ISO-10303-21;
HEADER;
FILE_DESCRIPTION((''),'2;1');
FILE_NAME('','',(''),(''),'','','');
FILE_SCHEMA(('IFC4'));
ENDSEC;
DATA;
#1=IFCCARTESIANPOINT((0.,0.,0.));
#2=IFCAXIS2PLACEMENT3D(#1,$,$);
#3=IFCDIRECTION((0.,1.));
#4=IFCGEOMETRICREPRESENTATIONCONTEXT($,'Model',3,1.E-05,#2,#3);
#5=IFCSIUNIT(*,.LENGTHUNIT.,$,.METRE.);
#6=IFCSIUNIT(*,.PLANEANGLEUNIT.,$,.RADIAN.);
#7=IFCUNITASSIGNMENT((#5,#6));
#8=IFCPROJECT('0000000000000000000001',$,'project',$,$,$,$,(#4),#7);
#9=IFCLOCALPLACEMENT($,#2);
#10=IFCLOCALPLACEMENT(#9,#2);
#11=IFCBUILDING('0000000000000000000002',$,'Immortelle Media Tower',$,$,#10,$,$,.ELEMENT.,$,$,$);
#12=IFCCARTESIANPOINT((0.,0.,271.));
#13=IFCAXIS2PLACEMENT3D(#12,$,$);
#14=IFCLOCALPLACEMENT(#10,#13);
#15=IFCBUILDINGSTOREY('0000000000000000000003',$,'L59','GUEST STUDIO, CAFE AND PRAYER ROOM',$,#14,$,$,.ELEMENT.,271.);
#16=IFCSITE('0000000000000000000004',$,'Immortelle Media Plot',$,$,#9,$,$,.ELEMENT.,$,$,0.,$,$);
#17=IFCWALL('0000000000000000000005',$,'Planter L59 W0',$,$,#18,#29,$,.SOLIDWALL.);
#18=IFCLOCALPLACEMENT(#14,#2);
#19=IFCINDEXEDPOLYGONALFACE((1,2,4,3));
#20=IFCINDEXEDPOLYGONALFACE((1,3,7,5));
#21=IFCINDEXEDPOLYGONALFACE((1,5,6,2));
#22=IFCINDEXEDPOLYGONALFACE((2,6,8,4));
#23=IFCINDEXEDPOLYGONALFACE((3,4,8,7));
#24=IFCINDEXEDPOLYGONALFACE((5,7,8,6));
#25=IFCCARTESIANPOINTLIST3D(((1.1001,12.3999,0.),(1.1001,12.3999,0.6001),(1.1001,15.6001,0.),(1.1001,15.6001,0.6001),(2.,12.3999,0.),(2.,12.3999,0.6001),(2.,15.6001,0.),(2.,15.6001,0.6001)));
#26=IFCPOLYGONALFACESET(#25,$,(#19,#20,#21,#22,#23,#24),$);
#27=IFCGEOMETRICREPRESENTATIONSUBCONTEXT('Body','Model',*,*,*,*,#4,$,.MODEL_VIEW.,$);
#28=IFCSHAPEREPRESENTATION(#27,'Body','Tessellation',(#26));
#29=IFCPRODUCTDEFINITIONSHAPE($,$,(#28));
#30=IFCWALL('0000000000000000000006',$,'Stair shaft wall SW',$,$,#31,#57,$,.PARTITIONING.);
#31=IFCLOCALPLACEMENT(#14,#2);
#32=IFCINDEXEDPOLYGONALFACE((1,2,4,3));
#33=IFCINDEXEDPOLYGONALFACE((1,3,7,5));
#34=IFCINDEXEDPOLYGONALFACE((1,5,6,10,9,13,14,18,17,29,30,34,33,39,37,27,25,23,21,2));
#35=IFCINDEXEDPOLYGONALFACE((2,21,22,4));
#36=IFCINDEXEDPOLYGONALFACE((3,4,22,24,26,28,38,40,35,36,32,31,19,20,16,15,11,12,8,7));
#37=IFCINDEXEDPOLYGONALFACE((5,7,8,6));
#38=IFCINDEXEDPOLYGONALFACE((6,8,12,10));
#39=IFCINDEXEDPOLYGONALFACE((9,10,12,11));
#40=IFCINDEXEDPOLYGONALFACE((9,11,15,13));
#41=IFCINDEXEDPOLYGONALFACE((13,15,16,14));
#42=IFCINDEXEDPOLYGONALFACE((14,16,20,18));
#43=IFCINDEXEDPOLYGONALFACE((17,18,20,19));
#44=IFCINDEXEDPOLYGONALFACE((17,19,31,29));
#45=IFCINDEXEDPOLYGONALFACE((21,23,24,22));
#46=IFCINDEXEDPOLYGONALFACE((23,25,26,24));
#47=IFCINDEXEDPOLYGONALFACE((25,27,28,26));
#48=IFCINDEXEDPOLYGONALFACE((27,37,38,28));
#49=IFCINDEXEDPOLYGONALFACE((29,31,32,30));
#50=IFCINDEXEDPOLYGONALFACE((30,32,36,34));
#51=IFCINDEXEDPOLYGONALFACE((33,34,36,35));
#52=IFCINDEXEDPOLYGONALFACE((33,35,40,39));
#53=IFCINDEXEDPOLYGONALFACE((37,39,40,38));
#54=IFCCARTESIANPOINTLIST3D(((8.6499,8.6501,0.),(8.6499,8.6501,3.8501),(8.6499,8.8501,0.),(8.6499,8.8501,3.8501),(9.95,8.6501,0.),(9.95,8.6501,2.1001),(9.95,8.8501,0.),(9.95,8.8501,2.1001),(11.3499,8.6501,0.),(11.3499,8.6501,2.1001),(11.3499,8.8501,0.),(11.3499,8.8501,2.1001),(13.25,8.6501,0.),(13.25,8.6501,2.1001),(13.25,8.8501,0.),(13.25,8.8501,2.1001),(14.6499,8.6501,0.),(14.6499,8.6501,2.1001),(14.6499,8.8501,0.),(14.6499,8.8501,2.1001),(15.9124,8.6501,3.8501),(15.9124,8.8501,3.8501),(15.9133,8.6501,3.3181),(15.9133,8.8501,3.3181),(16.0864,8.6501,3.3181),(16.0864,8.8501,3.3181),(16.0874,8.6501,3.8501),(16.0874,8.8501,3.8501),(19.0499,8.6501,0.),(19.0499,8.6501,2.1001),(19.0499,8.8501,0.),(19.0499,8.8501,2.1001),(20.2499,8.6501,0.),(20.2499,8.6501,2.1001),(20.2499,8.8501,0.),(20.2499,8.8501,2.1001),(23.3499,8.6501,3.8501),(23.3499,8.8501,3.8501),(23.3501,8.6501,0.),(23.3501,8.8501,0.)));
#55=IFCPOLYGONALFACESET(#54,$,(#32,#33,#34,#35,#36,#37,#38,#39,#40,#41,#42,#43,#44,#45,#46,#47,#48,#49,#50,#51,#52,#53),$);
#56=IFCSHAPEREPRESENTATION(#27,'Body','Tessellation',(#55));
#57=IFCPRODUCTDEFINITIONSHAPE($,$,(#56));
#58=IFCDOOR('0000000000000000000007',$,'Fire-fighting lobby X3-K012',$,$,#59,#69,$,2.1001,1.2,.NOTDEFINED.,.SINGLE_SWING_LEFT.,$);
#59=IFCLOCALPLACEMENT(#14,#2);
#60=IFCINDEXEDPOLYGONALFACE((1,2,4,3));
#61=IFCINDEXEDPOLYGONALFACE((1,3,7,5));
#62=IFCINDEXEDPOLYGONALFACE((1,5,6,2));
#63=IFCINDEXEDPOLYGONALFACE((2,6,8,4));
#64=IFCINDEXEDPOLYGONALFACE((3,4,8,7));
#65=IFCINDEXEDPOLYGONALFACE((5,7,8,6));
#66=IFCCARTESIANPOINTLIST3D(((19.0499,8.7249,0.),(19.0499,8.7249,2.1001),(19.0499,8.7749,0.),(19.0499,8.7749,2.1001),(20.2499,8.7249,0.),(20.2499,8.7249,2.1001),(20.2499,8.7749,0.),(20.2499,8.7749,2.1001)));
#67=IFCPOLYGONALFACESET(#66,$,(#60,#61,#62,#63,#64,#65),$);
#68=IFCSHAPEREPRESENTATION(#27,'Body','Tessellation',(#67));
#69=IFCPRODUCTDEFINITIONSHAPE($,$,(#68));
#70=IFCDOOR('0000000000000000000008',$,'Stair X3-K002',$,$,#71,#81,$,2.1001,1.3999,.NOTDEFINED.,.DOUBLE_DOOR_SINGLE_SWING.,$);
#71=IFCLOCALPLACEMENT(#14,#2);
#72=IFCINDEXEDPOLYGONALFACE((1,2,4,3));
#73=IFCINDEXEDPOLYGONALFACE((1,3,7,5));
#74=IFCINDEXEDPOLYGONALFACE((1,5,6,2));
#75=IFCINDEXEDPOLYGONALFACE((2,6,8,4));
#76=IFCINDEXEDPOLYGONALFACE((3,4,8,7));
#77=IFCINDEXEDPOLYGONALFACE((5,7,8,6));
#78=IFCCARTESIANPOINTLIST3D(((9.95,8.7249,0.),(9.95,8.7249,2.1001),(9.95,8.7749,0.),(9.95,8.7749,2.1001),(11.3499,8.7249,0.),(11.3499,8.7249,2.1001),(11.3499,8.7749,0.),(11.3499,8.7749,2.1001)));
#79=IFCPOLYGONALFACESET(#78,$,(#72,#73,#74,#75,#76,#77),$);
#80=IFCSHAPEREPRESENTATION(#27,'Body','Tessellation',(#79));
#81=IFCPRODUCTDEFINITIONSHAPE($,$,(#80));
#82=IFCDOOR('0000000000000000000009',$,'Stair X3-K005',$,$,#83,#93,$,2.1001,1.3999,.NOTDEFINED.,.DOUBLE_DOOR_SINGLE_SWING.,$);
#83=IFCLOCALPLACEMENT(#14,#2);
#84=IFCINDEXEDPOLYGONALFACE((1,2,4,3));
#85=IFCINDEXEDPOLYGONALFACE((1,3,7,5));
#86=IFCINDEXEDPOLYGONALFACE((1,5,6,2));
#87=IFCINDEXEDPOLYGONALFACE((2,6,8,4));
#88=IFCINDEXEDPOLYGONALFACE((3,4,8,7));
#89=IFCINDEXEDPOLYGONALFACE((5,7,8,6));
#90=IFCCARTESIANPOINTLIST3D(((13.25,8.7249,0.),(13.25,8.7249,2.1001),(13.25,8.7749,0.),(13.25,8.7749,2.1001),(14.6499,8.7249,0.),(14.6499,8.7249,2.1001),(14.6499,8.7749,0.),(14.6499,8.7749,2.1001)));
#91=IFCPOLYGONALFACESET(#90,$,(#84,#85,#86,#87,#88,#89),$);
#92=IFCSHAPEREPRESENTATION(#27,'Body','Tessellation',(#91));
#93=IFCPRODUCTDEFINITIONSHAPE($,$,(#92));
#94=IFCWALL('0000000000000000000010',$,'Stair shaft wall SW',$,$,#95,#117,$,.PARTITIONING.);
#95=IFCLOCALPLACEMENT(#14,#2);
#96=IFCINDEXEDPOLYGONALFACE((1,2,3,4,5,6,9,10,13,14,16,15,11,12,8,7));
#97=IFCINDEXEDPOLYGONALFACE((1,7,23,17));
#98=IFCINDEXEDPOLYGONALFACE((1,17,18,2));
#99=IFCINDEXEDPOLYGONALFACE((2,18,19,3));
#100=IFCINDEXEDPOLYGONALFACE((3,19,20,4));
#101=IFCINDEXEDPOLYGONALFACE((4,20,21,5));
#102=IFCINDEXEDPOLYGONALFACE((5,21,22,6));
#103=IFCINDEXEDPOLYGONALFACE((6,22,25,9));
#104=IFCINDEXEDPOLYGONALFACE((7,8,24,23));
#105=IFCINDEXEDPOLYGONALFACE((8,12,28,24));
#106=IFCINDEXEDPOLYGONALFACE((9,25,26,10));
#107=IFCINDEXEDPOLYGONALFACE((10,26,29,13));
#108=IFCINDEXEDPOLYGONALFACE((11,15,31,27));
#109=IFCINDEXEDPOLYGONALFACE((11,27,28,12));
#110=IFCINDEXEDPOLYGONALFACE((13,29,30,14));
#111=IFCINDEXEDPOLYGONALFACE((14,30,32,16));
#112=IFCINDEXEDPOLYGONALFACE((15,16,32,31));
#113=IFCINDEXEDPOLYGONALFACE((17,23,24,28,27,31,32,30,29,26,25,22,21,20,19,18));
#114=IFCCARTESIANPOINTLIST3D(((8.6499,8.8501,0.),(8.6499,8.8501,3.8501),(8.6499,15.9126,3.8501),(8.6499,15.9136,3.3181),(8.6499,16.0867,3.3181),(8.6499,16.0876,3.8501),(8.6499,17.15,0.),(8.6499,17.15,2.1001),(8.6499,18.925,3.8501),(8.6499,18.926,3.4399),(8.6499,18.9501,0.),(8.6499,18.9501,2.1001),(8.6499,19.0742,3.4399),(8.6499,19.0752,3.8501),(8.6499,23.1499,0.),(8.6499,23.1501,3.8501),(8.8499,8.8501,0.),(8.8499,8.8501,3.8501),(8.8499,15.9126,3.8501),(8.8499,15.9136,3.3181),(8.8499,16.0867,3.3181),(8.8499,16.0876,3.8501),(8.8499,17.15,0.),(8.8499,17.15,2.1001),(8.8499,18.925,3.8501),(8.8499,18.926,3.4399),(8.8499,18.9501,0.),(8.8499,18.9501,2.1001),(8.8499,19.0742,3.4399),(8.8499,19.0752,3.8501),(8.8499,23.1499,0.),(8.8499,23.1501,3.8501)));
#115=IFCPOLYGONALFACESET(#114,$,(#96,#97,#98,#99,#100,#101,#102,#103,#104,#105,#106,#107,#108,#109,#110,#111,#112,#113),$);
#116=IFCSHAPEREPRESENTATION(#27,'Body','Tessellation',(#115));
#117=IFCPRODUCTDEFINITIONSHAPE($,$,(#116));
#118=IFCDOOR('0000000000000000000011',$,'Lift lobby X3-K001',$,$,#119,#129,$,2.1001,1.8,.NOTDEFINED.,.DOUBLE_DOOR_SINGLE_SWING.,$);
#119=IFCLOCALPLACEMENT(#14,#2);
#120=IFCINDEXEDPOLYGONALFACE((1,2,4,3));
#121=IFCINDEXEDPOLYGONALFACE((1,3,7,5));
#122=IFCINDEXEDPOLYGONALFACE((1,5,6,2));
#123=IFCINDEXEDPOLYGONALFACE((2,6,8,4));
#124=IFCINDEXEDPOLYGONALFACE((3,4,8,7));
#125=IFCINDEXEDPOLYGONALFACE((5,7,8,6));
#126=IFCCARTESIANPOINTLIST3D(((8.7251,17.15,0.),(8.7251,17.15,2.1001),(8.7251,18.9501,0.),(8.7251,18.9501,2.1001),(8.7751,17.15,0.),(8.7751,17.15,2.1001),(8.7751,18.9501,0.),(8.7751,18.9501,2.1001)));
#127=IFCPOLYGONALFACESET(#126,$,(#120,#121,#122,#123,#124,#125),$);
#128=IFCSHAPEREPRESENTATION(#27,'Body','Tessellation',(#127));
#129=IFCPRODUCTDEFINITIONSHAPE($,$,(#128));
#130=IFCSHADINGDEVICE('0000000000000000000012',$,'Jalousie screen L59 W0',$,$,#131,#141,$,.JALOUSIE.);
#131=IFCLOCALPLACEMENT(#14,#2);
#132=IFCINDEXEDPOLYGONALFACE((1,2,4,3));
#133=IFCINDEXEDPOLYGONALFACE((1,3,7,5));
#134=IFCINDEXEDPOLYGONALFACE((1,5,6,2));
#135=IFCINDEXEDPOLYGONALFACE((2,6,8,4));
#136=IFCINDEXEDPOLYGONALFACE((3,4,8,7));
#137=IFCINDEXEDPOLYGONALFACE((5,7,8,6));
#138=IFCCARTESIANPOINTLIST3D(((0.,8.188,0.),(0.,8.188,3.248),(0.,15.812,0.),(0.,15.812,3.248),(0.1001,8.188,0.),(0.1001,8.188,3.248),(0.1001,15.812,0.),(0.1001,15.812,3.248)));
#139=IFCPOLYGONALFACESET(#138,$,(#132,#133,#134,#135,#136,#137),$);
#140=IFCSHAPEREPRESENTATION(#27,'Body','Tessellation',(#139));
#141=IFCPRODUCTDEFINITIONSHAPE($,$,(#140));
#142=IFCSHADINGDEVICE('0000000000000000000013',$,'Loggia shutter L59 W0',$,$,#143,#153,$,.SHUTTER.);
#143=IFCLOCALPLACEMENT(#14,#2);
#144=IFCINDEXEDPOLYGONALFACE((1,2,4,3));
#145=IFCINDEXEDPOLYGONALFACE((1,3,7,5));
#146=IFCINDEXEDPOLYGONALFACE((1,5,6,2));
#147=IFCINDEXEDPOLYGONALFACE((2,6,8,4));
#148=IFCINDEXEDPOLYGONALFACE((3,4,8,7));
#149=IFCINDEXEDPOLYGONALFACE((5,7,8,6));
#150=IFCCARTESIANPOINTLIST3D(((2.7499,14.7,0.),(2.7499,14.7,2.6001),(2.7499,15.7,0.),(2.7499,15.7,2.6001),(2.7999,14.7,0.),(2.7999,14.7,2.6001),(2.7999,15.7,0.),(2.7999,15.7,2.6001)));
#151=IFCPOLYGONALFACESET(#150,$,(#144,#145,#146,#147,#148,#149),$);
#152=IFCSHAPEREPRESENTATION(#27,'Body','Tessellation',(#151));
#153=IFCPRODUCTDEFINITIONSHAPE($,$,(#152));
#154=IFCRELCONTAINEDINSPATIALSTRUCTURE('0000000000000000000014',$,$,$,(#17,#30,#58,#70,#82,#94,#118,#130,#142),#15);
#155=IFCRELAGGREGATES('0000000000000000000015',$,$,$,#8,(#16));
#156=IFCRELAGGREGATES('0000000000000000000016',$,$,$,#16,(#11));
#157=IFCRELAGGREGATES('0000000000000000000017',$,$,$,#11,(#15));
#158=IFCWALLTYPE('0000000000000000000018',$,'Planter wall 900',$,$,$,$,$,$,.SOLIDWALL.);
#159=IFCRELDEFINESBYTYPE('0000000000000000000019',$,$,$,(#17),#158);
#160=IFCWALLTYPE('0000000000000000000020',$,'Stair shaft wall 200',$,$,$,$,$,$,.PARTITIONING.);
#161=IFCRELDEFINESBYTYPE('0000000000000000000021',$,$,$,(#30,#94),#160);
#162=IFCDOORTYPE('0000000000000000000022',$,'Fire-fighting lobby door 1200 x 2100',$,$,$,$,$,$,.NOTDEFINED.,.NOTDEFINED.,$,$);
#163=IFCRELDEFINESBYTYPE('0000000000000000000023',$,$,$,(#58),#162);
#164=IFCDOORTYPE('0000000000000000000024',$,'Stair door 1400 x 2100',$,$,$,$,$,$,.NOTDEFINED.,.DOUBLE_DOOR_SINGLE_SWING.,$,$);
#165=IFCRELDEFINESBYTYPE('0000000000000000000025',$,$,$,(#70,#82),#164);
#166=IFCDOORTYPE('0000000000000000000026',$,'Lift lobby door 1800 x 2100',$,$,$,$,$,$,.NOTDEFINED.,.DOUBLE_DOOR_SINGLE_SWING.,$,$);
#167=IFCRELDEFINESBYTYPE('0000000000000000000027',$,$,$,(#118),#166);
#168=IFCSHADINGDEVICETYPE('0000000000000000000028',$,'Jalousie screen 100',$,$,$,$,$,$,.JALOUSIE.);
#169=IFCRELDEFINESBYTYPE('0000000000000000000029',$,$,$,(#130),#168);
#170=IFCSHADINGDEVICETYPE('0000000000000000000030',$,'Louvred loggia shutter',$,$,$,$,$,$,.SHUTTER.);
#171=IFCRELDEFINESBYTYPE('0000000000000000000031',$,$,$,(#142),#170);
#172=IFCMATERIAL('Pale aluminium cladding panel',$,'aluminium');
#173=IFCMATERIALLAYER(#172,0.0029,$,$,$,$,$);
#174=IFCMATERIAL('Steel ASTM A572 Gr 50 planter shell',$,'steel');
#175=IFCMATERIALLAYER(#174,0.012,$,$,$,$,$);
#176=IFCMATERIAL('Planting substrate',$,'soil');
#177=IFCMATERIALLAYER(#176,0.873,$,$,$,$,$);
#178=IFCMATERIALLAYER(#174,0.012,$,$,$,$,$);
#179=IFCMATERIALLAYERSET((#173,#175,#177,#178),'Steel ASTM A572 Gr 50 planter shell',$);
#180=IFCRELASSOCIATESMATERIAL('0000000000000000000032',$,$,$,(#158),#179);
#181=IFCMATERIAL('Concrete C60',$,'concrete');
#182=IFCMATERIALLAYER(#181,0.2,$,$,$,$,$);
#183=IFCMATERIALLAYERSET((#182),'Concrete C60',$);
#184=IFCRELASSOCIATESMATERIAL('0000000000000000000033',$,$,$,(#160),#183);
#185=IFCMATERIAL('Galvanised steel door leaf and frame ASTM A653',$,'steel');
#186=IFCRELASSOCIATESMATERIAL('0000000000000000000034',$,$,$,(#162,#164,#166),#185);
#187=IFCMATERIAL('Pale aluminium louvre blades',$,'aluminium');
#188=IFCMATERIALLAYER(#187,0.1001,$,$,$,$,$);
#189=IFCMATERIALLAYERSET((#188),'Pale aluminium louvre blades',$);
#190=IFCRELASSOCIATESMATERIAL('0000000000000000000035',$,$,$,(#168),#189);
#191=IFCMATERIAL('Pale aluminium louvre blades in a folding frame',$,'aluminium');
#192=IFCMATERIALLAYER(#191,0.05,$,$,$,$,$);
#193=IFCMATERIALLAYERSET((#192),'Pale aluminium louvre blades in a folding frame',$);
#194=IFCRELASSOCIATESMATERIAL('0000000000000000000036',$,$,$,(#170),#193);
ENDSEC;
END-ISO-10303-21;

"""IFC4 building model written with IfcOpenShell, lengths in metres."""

from ifc_helpers import new_model, si_unit, direction, frame, frame_2d, origin, origin_2d, place, context, subcontext, project, spatial, polyline, rectangle, outline, extrude, material, layer, layer_set, type_object, element, fill, save


model = new_model("IFC4")

# Units and contexts
model_context = context("Model", 3, precision=1e-05, world=origin(), true_north=direction((0.0, 1.0)))
body_context = subcontext(model_context, "Body", "Model", "MODEL_VIEW")
ifc_project = project(units=[si_unit("LENGTHUNIT", "METRE"), si_unit("PLANEANGLEUNIT", "RADIAN")], contexts=[model_context])

# Site, building, storey
site_placement = place(None, origin())
site = spatial("IfcSite", under=ifc_project, at=site_placement, Name="Immortelle Media Plot", CompositionType="ELEMENT", RefElevation=0.0)
building_placement = place(site_placement, origin())
building = spatial("IfcBuilding", under=site, at=building_placement, Name="Immortelle Media Tower", CompositionType="ELEMENT")
storey_placement = place(building_placement, frame((0.0, 0.0, 271.0)))
storey = spatial("IfcBuildingStorey", under=building, at=storey_placement, Name="L59", Description="GUEST STUDIO, CAFE AND PRAYER ROOM", CompositionType="ELEMENT", Elevation=271.0)

# Shared definitions
ifc_material_1 = material(Name="Pale aluminium cladding panel", Category="aluminium")

# Wall
ifc_layer_1 = layer(ifc_material_1, 0.0029)
ifc_material_2 = material(Name="Steel ASTM A572 Gr 50 planter shell", Category="steel")
ifc_layer_2 = layer(ifc_material_2, 0.012)
ifc_material_3 = material(Name="Planting substrate", Category="soil")
ifc_layer_3 = layer(ifc_material_3, 0.873)
ifc_layer_4 = layer(ifc_material_2, 0.012)
ifc_layer_set_1 = layer_set([ifc_layer_1, ifc_layer_2, ifc_layer_3, ifc_layer_4], Name="Steel ASTM A572 Gr 50 planter shell")
wall_type_1 = type_object("IfcWallType", Name="Planter wall 900", PredefinedType="SOLIDWALL", material=ifc_layer_set_1)
wall_1_placement = place(storey_placement, frame((1.55, 15.6001, 0.0), z_axis=(0.0, 0.0, 1.0), x_axis=(0.0, -1.0, 0.0)))
element("IfcWall", 1, at=wall_1_placement, inside=storey, type_object=wall_type_1, Name="Planter L59 W0", PredefinedType="SOLIDWALL", context=body_context, shape_type="SweptSolid", body=[
    extrude(rectangle(XDim=3.2002, YDim=0.8999, at=frame_2d((1.6001, 0.0))), origin(), (0.0, 0.0, 1.0), 0.6001),
])

# Wall, openings, doors
ifc_material_4 = material(Name="Concrete C60", Category="concrete")
ifc_layer_5 = layer(ifc_material_4, 0.2)
ifc_layer_set_2 = layer_set([ifc_layer_5], Name="Concrete C60")
wall_type_2 = type_object("IfcWallType", Name="Stair shaft wall 200", PredefinedType="PARTITIONING", material=ifc_layer_set_2)
wall_2_placement = place(storey_placement, frame((8.6499, 8.75, 0.0), z_axis=(0.0, 0.0, 1.0), x_axis=(1.0, 0.0, 0.0)))
wall_2 = element("IfcWall", 2, at=wall_2_placement, inside=storey, type_object=wall_type_2, Name="Stair shaft wall SW", PredefinedType="PARTITIONING", context=body_context, shape_type="SweptSolid", body=[
    extrude(outline(polyline([(0.0, 0.0), (14.7002, 0.0), (14.7, 3.8501), (7.4375, 3.8501), (7.4365, 3.3181), (7.2634, 3.3181), (7.2625, 3.8501), (0.0, 3.8501), (0.0, 0.0)])), frame((0.0, 0.1001, 0.0), z_axis=(0.0, -1.0, 0.0), x_axis=(1.0, 0.0, 0.0)), (0.0, 0.0, 1.0), 0.2),
])
opening_1_placement = place(wall_2_placement, frame((1.3, 0.0, 0.0)))
opening_1 = element("IfcOpeningElement", 3, at=opening_1_placement, cuts=wall_2, PredefinedType="OPENING", context=body_context, shape_type="SweptSolid", body=[
    extrude(rectangle(XDim=1.3999, YDim=2.1001, at=frame_2d((0.7, 1.05))), frame((0.0, 0.1099, 0.0), z_axis=(0.0, -1.0, 0.0), x_axis=(1.0, 0.0, 0.0)), (0.0, 0.0, 1.0), 0.22),
])
opening_2_placement = place(wall_2_placement, frame((4.6001, 0.0, 0.0)))
opening_2 = element("IfcOpeningElement", 4, at=opening_2_placement, cuts=wall_2, PredefinedType="OPENING", context=body_context, shape_type="SweptSolid", body=[
    extrude(rectangle(XDim=1.3999, YDim=2.1001, at=frame_2d((0.7, 1.05))), frame((0.0, 0.1099, 0.0), z_axis=(0.0, -1.0, 0.0), x_axis=(1.0, 0.0, 0.0)), (0.0, 0.0, 1.0), 0.22),
])
opening_3_placement = place(wall_2_placement, frame((10.3999, 0.0, 0.0)))
opening_3 = element("IfcOpeningElement", 5, at=opening_3_placement, cuts=wall_2, PredefinedType="OPENING", context=body_context, shape_type="SweptSolid", body=[
    extrude(rectangle(XDim=1.2, YDim=2.1001, at=frame_2d((0.6001, 1.05))), frame((0.0, 0.1099, 0.0), z_axis=(0.0, -1.0, 0.0), x_axis=(1.0, 0.0, 0.0)), (0.0, 0.0, 1.0), 0.22),
])
ifc_material_5 = material(Name="Galvanised steel door leaf and frame ASTM A653", Category="steel")
door_type_1 = type_object("IfcDoorType", Name="Fire-fighting lobby door 1200 x 2100", OperationType="NOTDEFINED", PredefinedType="NOTDEFINED", material=ifc_material_5)
door_1_placement = place(opening_3_placement, origin())
door_1 = element("IfcDoor", 6, at=door_1_placement, inside=storey, type_object=door_type_1, Name="Fire-fighting lobby X3-K012", OperationType="SINGLE_SWING_LEFT", OverallHeight=2.1001, OverallWidth=1.2, PredefinedType="NOTDEFINED", context=body_context, shape_type="SweptSolid", body=[
    extrude(rectangle(XDim=1.2, YDim=2.1001, at=frame_2d((0.6001, 1.05))), frame((0.0, 0.0249, 0.0), z_axis=(0.0, -1.0, 0.0), x_axis=(1.0, 0.0, 0.0)), (0.0, 0.0, 1.0), 0.05),
])
fill(opening_3, door_1)
door_type_2 = type_object("IfcDoorType", Name="Stair door 1400 x 2100", OperationType="DOUBLE_DOOR_SINGLE_SWING", PredefinedType="NOTDEFINED", material=ifc_material_5)
door_2_placement = place(opening_1_placement, origin())
door_2 = element("IfcDoor", 7, at=door_2_placement, inside=storey, type_object=door_type_2, Name="Stair X3-K002", OperationType="DOUBLE_DOOR_SINGLE_SWING", OverallHeight=2.1001, OverallWidth=1.3999, PredefinedType="NOTDEFINED", context=body_context, shape_type="SweptSolid", body=[
    extrude(rectangle(XDim=1.3999, YDim=2.1001, at=frame_2d((0.7, 1.05))), frame((0.0, 0.0249, 0.0), z_axis=(0.0, -1.0, 0.0), x_axis=(1.0, 0.0, 0.0)), (0.0, 0.0, 1.0), 0.05),
])
fill(opening_1, door_2)
door_3_placement = place(opening_2_placement, origin())
door_3 = element("IfcDoor", 8, at=door_3_placement, inside=storey, type_object=door_type_2, Name="Stair X3-K005", OperationType="DOUBLE_DOOR_SINGLE_SWING", OverallHeight=2.1001, OverallWidth=1.3999, PredefinedType="NOTDEFINED", context=body_context, shape_type="SweptSolid", body=[
    extrude(rectangle(XDim=1.3999, YDim=2.1001, at=frame_2d((0.7, 1.05))), frame((0.0, 0.0249, 0.0), z_axis=(0.0, -1.0, 0.0), x_axis=(1.0, 0.0, 0.0)), (0.0, 0.0, 1.0), 0.05),
])
fill(opening_2, door_3)

# Wall, opening, door
wall_3_placement = place(storey_placement, frame((8.75, 8.8501, 0.0), z_axis=(0.0, 0.0, 1.0), x_axis=(0.0, 1.0, 0.0)))
wall_3 = element("IfcWall", 9, at=wall_3_placement, inside=storey, type_object=wall_type_2, Name="Stair shaft wall SW", PredefinedType="PARTITIONING", context=body_context, shape_type="SweptSolid", body=[
    extrude(outline(polyline([(0.0, 0.0), (14.2998, 0.0), (14.3, 3.8501), (10.2251, 3.8501), (10.2241, 3.4399), (10.0759, 3.4399), (10.075, 3.8501), (7.2375, 3.8501), (7.2366, 3.3181), (7.0635, 3.3181), (7.0625, 3.8501), (0.0, 3.8501), (0.0, 0.0)])), frame((0.0, 0.1001, 0.0), z_axis=(0.0, -1.0, 0.0), x_axis=(1.0, 0.0, 0.0)), (0.0, 0.0, 1.0), 0.2),
])
opening_4_placement = place(wall_3_placement, frame((8.3, 0.0, 0.0)))
opening_4 = element("IfcOpeningElement", 10, at=opening_4_placement, cuts=wall_3, PredefinedType="OPENING", context=body_context, shape_type="SweptSolid", body=[
    extrude(rectangle(XDim=1.8, YDim=2.1001, at=frame_2d((0.8999, 1.05))), frame((0.0, 0.1099, 0.0), z_axis=(0.0, -1.0, 0.0), x_axis=(1.0, 0.0, 0.0)), (0.0, 0.0, 1.0), 0.22),
])
door_type_3 = type_object("IfcDoorType", Name="Lift lobby door 1800 x 2100", OperationType="DOUBLE_DOOR_SINGLE_SWING", PredefinedType="NOTDEFINED", material=ifc_material_5)
door_4_placement = place(opening_4_placement, origin())
door_4 = element("IfcDoor", 11, at=door_4_placement, inside=storey, type_object=door_type_3, Name="Lift lobby X3-K001", OperationType="DOUBLE_DOOR_SINGLE_SWING", OverallHeight=2.1001, OverallWidth=1.8, PredefinedType="NOTDEFINED", context=body_context, shape_type="SweptSolid", body=[
    extrude(rectangle(XDim=1.8, YDim=2.1001, at=frame_2d((0.8999, 1.05))), frame((0.0, 0.0249, 0.0), z_axis=(0.0, -1.0, 0.0), x_axis=(1.0, 0.0, 0.0)), (0.0, 0.0, 1.0), 0.05),
])
fill(opening_4, door_4)

# Shading devices
ifc_material_6 = material(Name="Pale aluminium louvre blades", Category="aluminium")
ifc_layer_6 = layer(ifc_material_6, 0.1001)
ifc_layer_set_3 = layer_set([ifc_layer_6], Name="Pale aluminium louvre blades")
shading_device_type_1 = type_object("IfcShadingDeviceType", Name="Jalousie screen 100", PredefinedType="JALOUSIE", material=ifc_layer_set_3)
shading_device_1_placement = place(storey_placement, frame((0.05, 12.0, 0.0), z_axis=(0.0, 0.0, 1.0), x_axis=(0.0, -1.0, 0.0)))
element("IfcShadingDevice", 12, at=shading_device_1_placement, inside=storey, type_object=shading_device_type_1, Name="Jalousie screen L59 W0", PredefinedType="JALOUSIE", context=body_context, shape_type="SweptSolid", body=[
    extrude(rectangle(XDim=7.624, YDim=0.1001, at=origin_2d()), origin(), (0.0, 0.0, 1.0), 3.248),
])
ifc_material_7 = material(Name="Pale aluminium louvre blades in a folding frame", Category="aluminium")
ifc_layer_7 = layer(ifc_material_7, 0.05)
ifc_layer_set_4 = layer_set([ifc_layer_7], Name="Pale aluminium louvre blades in a folding frame")
shading_device_type_2 = type_object("IfcShadingDeviceType", Name="Louvred loggia shutter", PredefinedType="SHUTTER", material=ifc_layer_set_4)
shading_device_2_placement = place(storey_placement, frame((2.7749, 15.2, 0.0), z_axis=(0.0, 0.0, 1.0), x_axis=(0.0, -1.0, 0.0)))
element("IfcShadingDevice", 13, at=shading_device_2_placement, inside=storey, type_object=shading_device_type_2, Name="Loggia shutter L59 W0", PredefinedType="SHUTTER", context=body_context, shape_type="SweptSolid", body=[
    extrude(rectangle(XDim=1.0, YDim=0.05, at=origin_2d()), origin(), (0.0, 0.0, 1.0), 2.6001),
])

save(model, "model.ifc")
